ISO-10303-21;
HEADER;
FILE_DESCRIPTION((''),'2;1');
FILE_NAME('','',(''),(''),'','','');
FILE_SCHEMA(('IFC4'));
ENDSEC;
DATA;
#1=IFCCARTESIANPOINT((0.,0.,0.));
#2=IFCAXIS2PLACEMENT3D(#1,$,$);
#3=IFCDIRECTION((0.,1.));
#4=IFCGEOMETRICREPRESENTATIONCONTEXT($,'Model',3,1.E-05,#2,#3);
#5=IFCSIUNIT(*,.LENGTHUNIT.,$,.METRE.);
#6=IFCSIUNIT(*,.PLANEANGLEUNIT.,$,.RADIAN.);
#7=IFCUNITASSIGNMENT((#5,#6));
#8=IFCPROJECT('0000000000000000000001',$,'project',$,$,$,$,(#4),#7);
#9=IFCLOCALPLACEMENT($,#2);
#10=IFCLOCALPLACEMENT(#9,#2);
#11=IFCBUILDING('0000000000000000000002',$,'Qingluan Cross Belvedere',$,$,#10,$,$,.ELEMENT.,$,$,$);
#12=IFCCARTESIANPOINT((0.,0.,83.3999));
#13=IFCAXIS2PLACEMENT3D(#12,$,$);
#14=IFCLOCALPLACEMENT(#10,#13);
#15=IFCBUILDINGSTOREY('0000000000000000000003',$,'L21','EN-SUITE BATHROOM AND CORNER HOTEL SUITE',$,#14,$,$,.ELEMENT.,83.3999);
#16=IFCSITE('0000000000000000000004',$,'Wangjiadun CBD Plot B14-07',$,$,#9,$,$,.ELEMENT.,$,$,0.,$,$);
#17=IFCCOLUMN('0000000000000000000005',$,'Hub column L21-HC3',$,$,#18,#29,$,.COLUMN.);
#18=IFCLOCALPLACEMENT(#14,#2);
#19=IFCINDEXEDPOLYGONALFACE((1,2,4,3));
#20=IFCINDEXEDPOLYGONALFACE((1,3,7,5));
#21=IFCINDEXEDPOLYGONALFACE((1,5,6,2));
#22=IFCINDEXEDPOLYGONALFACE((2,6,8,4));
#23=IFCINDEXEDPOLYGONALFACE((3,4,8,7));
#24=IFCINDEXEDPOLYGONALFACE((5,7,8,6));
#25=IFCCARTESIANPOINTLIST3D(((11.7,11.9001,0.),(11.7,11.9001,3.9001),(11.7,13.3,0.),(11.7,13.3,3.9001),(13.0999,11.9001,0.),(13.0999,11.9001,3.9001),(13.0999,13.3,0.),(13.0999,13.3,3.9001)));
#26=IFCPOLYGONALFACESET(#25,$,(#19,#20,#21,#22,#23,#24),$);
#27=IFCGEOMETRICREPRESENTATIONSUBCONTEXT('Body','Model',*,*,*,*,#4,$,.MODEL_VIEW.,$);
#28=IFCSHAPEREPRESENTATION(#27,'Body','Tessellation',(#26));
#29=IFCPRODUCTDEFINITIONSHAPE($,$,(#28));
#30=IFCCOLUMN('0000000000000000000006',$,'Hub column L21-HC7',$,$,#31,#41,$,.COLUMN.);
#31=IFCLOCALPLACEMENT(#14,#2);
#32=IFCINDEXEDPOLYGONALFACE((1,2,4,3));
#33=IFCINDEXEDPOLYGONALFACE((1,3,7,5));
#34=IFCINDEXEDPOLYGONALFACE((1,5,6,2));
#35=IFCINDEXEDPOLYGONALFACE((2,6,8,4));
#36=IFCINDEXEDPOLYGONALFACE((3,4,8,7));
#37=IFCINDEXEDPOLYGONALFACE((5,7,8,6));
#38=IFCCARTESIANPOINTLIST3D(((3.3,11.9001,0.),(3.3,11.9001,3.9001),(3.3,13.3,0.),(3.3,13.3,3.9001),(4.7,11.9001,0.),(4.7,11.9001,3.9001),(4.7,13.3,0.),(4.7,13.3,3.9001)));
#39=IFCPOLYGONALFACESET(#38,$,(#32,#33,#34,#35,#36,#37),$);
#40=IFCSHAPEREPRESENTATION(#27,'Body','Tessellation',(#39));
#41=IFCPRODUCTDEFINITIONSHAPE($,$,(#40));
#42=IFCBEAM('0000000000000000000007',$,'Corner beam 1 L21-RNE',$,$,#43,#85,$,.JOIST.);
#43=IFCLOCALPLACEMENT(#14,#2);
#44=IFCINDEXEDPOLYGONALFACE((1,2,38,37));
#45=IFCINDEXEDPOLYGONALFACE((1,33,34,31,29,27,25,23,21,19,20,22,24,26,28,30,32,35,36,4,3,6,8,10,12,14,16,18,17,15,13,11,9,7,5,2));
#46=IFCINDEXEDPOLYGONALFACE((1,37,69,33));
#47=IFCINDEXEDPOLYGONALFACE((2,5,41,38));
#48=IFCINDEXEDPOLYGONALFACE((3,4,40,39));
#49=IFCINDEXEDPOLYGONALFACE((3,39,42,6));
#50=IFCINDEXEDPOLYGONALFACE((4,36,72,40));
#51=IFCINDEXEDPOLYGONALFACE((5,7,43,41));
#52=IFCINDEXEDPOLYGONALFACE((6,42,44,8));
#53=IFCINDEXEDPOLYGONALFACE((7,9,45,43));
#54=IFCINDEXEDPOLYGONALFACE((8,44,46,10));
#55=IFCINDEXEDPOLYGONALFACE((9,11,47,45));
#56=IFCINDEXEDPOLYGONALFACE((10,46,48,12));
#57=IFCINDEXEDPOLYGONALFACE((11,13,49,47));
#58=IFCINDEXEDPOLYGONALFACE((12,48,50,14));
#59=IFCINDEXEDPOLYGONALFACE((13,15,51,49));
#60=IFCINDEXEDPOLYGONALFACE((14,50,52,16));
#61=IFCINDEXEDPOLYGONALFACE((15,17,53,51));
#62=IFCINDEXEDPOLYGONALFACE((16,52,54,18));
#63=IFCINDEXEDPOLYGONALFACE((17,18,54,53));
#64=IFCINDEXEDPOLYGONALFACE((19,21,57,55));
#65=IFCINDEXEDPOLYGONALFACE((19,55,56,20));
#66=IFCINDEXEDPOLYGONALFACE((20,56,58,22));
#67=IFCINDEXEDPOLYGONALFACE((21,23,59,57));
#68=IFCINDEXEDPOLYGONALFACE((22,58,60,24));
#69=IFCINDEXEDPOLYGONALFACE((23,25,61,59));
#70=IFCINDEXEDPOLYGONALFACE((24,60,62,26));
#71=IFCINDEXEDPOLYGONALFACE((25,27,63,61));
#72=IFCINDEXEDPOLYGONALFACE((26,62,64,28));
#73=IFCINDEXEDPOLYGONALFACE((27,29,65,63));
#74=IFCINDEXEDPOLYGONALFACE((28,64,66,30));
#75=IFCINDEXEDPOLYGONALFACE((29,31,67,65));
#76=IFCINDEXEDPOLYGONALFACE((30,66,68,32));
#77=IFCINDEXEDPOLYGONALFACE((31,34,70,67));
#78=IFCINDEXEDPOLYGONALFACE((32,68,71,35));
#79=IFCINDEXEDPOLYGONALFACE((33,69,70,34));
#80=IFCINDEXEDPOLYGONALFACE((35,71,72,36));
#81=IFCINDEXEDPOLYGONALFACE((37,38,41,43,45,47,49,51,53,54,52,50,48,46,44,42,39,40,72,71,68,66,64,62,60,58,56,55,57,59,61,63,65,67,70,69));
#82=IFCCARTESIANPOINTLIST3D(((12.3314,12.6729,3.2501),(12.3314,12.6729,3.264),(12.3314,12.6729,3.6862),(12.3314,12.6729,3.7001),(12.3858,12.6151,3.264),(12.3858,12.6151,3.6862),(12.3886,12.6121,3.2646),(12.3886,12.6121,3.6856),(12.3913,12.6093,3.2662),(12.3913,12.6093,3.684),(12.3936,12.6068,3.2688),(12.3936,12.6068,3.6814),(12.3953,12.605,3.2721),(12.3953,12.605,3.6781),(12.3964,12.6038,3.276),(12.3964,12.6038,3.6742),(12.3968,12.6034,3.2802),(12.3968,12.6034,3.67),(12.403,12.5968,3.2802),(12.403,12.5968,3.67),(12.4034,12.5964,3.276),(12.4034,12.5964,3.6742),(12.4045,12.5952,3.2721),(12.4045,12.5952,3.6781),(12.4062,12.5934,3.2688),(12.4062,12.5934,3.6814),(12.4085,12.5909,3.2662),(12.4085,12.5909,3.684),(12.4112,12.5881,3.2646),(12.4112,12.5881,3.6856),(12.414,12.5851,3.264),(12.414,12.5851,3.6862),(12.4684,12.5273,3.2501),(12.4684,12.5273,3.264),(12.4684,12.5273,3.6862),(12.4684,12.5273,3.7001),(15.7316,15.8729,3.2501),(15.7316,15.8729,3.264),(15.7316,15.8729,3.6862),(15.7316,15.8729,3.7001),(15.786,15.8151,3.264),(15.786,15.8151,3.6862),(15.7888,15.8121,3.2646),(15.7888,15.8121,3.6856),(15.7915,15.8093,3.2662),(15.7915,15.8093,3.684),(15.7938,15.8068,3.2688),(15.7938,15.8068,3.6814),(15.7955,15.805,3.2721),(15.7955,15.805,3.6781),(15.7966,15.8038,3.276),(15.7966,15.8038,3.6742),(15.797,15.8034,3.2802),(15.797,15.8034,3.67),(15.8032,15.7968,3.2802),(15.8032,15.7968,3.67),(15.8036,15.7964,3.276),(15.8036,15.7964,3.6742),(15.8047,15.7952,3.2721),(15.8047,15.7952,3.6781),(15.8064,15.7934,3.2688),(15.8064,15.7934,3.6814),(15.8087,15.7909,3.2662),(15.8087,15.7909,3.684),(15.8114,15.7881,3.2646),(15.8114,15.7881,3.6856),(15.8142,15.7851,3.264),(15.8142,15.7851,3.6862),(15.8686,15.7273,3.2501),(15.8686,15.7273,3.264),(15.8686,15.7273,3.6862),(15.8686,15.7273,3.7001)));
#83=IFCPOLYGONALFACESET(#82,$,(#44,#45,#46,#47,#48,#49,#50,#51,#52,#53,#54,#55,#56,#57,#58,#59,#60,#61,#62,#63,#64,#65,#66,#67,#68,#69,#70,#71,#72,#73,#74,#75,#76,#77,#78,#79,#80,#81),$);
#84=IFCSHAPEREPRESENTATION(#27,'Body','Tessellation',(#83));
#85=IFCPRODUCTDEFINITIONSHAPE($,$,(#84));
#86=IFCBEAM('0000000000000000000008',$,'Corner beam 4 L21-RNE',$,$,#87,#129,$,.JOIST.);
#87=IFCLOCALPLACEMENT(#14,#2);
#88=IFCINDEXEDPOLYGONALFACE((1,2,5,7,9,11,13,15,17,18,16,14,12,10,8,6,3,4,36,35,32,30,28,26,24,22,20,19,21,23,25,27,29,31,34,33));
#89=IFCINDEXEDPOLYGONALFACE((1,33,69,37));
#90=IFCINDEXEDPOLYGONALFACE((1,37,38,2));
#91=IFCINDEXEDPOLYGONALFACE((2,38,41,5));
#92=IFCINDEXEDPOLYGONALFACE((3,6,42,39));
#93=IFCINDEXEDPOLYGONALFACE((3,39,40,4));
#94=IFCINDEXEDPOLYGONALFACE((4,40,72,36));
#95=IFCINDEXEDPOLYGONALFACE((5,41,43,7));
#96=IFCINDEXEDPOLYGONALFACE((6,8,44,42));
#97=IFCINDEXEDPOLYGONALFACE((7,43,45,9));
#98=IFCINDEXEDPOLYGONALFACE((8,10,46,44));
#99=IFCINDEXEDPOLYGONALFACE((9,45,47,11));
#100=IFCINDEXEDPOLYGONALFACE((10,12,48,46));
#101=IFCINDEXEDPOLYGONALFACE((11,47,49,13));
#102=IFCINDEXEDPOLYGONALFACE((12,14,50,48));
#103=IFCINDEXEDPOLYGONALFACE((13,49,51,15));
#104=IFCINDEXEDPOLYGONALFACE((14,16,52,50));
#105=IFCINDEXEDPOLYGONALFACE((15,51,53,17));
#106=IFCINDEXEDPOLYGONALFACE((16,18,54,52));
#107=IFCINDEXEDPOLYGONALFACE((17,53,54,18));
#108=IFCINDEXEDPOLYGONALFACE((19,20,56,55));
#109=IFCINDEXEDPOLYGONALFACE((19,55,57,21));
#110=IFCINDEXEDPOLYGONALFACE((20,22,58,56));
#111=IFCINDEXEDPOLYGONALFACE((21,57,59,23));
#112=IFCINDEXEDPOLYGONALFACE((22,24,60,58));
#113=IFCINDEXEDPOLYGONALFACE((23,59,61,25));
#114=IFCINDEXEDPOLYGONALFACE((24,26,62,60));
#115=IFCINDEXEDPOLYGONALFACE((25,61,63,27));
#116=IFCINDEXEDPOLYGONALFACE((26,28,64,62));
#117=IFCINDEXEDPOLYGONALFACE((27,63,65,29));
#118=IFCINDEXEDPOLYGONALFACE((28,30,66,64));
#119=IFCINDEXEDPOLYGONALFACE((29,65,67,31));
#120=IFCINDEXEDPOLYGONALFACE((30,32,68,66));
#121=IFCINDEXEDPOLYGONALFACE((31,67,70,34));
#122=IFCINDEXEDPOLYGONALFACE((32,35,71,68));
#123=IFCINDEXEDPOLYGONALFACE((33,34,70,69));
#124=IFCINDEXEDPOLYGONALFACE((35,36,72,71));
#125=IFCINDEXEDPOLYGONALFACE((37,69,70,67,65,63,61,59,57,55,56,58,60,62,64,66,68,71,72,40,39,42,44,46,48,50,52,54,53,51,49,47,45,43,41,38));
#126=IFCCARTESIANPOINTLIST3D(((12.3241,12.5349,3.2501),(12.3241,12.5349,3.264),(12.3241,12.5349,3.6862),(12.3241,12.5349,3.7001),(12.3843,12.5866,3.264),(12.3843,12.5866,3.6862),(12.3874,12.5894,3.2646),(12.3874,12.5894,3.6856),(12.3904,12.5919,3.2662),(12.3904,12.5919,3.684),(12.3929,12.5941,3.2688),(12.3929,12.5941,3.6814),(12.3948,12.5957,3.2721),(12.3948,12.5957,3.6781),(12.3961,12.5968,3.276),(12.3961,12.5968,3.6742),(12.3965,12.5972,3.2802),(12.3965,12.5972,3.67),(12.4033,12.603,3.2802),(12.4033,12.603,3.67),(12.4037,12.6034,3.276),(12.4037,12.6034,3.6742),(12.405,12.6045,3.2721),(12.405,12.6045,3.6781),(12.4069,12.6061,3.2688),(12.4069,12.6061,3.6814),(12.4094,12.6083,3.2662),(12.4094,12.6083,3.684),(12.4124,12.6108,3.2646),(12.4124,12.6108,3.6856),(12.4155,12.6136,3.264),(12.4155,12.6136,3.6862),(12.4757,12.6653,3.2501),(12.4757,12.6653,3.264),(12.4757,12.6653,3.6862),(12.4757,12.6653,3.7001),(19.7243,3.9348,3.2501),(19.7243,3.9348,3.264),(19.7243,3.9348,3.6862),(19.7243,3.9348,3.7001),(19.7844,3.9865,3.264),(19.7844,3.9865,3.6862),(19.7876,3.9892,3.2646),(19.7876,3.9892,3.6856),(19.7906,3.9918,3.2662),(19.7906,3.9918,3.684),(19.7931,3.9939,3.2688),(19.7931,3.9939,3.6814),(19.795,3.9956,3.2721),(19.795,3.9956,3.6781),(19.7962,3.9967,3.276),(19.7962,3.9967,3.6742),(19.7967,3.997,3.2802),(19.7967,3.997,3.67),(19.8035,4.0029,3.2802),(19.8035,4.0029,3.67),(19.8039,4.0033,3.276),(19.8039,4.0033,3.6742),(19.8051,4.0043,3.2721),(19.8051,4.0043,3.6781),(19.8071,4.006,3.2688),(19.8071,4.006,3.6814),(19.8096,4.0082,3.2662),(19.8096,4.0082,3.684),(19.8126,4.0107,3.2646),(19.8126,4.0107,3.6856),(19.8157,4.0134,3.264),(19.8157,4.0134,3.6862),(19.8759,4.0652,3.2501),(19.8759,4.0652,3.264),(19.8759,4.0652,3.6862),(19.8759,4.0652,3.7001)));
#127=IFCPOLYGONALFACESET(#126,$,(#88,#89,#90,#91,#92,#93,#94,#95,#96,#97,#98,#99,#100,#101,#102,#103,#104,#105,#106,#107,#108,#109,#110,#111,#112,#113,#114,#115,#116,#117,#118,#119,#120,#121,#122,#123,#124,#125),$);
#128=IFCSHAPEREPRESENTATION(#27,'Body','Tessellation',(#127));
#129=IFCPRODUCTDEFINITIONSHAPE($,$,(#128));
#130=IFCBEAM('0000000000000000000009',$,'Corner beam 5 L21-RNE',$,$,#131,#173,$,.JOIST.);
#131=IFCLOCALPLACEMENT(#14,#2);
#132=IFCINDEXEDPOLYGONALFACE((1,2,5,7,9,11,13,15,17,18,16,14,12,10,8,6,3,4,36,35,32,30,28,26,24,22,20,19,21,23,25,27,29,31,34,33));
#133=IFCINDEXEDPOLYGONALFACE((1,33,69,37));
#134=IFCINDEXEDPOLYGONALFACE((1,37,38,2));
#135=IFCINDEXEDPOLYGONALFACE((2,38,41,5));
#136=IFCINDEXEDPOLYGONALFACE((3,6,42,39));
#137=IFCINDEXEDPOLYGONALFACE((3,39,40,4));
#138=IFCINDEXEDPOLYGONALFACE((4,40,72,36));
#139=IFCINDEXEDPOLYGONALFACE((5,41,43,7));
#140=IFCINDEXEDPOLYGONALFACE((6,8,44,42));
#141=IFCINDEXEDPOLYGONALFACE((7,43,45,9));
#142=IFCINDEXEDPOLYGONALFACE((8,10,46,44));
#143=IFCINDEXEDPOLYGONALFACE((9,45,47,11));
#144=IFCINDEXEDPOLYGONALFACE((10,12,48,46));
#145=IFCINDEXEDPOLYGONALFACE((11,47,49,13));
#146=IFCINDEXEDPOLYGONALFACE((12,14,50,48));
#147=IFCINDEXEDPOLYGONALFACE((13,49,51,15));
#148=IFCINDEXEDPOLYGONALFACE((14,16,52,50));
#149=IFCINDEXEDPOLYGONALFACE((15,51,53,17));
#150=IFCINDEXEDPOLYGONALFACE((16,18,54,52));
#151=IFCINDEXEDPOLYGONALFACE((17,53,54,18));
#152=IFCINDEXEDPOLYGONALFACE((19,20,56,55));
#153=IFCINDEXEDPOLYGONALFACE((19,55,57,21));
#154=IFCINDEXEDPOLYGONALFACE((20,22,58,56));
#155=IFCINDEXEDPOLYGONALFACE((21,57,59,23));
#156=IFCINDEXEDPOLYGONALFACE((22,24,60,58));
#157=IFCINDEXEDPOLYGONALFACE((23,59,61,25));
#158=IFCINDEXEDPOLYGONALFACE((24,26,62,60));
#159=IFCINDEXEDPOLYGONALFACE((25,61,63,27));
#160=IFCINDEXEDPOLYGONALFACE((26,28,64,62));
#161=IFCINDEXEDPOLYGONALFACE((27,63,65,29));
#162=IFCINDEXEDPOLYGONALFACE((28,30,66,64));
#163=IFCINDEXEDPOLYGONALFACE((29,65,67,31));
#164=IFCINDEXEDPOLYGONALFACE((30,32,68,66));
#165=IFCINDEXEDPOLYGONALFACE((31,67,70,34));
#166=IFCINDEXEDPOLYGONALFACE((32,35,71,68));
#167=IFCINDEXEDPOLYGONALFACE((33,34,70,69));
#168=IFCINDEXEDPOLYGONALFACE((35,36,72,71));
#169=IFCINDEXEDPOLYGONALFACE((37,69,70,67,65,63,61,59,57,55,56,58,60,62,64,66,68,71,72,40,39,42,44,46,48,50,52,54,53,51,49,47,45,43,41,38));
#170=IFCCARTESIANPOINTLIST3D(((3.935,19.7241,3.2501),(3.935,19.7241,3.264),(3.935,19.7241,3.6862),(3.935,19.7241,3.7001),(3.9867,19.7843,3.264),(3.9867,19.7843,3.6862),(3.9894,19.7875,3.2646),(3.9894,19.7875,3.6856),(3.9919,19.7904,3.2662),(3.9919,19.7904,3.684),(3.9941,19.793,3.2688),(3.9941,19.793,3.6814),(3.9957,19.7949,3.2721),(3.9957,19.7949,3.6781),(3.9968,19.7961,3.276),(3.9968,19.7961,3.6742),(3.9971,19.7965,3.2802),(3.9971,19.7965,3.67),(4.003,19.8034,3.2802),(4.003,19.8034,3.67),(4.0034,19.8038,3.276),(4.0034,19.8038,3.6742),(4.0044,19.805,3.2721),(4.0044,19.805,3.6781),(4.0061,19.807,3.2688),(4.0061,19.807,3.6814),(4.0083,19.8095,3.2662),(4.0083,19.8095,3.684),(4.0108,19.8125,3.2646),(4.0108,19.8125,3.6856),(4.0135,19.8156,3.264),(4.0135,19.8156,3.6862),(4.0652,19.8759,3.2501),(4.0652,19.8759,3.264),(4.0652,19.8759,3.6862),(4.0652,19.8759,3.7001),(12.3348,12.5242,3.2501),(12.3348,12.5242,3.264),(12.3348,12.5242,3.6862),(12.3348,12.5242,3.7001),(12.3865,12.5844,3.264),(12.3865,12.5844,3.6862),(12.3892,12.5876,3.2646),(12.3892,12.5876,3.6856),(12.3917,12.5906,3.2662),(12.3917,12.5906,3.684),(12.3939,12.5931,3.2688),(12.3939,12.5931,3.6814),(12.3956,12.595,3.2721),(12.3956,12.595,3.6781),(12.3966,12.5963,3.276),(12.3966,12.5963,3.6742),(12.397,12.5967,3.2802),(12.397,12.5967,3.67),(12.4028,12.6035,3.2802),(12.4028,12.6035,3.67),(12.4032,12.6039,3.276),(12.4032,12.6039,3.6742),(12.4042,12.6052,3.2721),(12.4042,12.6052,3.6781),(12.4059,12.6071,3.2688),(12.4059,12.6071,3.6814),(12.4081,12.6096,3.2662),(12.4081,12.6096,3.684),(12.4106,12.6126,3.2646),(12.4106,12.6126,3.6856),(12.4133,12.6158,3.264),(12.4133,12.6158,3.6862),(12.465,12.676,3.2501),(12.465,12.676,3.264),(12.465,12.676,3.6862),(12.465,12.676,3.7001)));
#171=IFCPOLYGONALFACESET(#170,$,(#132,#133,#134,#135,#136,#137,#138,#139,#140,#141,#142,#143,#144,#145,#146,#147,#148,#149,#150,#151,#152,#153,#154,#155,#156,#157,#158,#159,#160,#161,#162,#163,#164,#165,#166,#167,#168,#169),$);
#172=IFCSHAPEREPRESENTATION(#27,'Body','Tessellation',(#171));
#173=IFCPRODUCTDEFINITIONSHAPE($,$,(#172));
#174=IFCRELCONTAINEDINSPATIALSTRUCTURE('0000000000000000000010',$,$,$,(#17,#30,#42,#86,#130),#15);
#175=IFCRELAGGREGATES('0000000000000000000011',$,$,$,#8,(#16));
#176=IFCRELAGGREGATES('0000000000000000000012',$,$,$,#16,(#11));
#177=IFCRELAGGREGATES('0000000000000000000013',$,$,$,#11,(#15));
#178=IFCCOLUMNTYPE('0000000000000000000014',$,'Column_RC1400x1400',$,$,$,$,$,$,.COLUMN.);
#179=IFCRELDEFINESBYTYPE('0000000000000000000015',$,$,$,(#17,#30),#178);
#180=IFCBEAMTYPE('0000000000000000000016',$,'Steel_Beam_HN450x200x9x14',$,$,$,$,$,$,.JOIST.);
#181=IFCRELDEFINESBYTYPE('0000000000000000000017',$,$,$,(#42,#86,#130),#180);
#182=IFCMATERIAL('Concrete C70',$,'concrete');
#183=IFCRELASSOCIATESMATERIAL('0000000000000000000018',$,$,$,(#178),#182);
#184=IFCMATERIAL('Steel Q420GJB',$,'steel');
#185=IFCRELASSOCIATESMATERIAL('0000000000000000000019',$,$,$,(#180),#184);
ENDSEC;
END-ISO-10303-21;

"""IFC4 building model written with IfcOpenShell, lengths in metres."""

from ifc_helpers import new_model, si_unit, direction, frame, origin, origin_2d, place, context, subcontext, project, spatial, rectangle, i_section, extrude, material, material_profile, profile_set, type_object, element, save


model = new_model("IFC4")

# Units and contexts
model_context = context("Model", 3, precision=1e-05, world=origin(), true_north=direction((0.0, 1.0)))
body_context = subcontext(model_context, "Body", "Model", "MODEL_VIEW")
ifc_project = project(units=[si_unit("LENGTHUNIT", "METRE"), si_unit("PLANEANGLEUNIT", "RADIAN")], contexts=[model_context])

# Site, building, storey
site_placement = place(None, origin())
site = spatial("IfcSite", under=ifc_project, at=site_placement, Name="Wangjiadun CBD Plot B14-07", CompositionType="ELEMENT", RefElevation=0.0)
building_placement = place(site_placement, origin())
building = spatial("IfcBuilding", under=site, at=building_placement, Name="Qingluan Cross Belvedere", CompositionType="ELEMENT")
storey_placement = place(building_placement, frame((0.0, 0.0, 83.3999)))
storey = spatial("IfcBuildingStorey", under=building, at=storey_placement, Name="L21", Description="EN-SUITE BATHROOM AND CORNER HOTEL SUITE", CompositionType="ELEMENT", Elevation=83.3999)

# Columns
ifc_material_1 = material(Name="Concrete C70", Category="concrete")
ifc_material_profile_1 = material_profile(ifc_material_1, rectangle(XDim=1.3999, YDim=1.3999, at=origin_2d()), Name="RC1400x1400")
ifc_profile_set_1 = profile_set([ifc_material_profile_1], Name="Concrete C70")
column_type = type_object("IfcColumnType", Name="Column_RC1400x1400", PredefinedType="COLUMN", material=ifc_profile_set_1)
for number, where, z_axis, x_axis, name in (
    (1, (12.3999, 12.6001, 0.0), (0.0, 0.0, 1.0), (1.0, 0.0, 0.0), "Hub column L21-HC3"),
    (2, (4.0, 12.6001, 0.0), (0.0, 0.0, 1.0), (1.0, 0.0, 0.0), "Hub column L21-HC7"),
):
    element("IfcColumn", number, at=place(storey_placement, frame(where, z_axis=z_axis, x_axis=x_axis)), inside=storey, type_object=column_type, Name=name, PredefinedType="COLUMN", context=body_context, shape_type="SweptSolid", body=[
        extrude(rectangle(XDim=1.3999, YDim=1.3999, at=origin_2d()), origin(), (0.0, 0.0, 1.0), 3.9001),
    ])

# Beams
ifc_material_2 = material(Name="Steel Q420GJB", Category="steel")
ifc_material_profile_2 = material_profile(ifc_material_2, i_section(OverallWidth=0.2, OverallDepth=0.45, WebThickness=0.009, FlangeThickness=0.0139, FilletRadius=0.0161, at=origin_2d()), Name="HN450x200x9x14")
ifc_profile_set_2 = profile_set([ifc_material_profile_2], Name="Steel Q420GJB")
beam_type_1 = type_object("IfcBeamType", Name="Steel_Beam_HN450x200x9x14", PredefinedType="JOIST", material=ifc_profile_set_2)
beam_1_placement = place(storey_placement, frame((12.3999, 12.6001, 3.4751), z_axis=(0.72822, 0.685343, 0.0), x_axis=(-0.685343, 0.72822, 0.0)))
element("IfcBeam", 3, at=beam_1_placement, inside=storey, type_object=beam_type_1, Name="Corner beam 1 L21-RNE", PredefinedType="JOIST", context=body_context, shape_type="SweptSolid", body=[
    extrude(i_section(OverallWidth=0.2, OverallDepth=0.45, WebThickness=0.009, FlangeThickness=0.0139, FilletRadius=0.0161, at=origin_2d()), origin(), (0.0, 0.0, 1.0), 4.6692),
])
beam_2_placement = place(storey_placement, frame((12.3999, 12.6001, 3.4751), z_axis=(0.652245, -0.758008, 0.0), x_axis=(0.758008, 0.652245, 0.0)))
element("IfcBeam", 4, at=beam_2_placement, inside=storey, type_object=beam_type_1, Name="Corner beam 4 L21-RNE", PredefinedType="JOIST", context=body_context, shape_type="SweptSolid", body=[
    extrude(i_section(OverallWidth=0.2, OverallDepth=0.45, WebThickness=0.009, FlangeThickness=0.0139, FilletRadius=0.0161, at=origin_2d()), origin(), (0.0, 0.0, 1.0), 11.3457),
])
beam_3_placement = place(storey_placement, frame((12.3999, 12.6001, 3.4751), z_axis=(-0.759255, 0.650793, 0.0), x_axis=(-0.650793, -0.759255, 0.0)))
element("IfcBeam", 5, at=beam_3_placement, inside=storey, type_object=beam_type_1, Name="Corner beam 5 L21-RNE", PredefinedType="JOIST", context=body_context, shape_type="SweptSolid", body=[
    extrude(i_section(OverallWidth=0.2, OverallDepth=0.45, WebThickness=0.009, FlangeThickness=0.0139, FilletRadius=0.0161, at=origin_2d()), origin(), (0.0, 0.0, 1.0), 11.0632),
])

save(model, "model.ifc")
